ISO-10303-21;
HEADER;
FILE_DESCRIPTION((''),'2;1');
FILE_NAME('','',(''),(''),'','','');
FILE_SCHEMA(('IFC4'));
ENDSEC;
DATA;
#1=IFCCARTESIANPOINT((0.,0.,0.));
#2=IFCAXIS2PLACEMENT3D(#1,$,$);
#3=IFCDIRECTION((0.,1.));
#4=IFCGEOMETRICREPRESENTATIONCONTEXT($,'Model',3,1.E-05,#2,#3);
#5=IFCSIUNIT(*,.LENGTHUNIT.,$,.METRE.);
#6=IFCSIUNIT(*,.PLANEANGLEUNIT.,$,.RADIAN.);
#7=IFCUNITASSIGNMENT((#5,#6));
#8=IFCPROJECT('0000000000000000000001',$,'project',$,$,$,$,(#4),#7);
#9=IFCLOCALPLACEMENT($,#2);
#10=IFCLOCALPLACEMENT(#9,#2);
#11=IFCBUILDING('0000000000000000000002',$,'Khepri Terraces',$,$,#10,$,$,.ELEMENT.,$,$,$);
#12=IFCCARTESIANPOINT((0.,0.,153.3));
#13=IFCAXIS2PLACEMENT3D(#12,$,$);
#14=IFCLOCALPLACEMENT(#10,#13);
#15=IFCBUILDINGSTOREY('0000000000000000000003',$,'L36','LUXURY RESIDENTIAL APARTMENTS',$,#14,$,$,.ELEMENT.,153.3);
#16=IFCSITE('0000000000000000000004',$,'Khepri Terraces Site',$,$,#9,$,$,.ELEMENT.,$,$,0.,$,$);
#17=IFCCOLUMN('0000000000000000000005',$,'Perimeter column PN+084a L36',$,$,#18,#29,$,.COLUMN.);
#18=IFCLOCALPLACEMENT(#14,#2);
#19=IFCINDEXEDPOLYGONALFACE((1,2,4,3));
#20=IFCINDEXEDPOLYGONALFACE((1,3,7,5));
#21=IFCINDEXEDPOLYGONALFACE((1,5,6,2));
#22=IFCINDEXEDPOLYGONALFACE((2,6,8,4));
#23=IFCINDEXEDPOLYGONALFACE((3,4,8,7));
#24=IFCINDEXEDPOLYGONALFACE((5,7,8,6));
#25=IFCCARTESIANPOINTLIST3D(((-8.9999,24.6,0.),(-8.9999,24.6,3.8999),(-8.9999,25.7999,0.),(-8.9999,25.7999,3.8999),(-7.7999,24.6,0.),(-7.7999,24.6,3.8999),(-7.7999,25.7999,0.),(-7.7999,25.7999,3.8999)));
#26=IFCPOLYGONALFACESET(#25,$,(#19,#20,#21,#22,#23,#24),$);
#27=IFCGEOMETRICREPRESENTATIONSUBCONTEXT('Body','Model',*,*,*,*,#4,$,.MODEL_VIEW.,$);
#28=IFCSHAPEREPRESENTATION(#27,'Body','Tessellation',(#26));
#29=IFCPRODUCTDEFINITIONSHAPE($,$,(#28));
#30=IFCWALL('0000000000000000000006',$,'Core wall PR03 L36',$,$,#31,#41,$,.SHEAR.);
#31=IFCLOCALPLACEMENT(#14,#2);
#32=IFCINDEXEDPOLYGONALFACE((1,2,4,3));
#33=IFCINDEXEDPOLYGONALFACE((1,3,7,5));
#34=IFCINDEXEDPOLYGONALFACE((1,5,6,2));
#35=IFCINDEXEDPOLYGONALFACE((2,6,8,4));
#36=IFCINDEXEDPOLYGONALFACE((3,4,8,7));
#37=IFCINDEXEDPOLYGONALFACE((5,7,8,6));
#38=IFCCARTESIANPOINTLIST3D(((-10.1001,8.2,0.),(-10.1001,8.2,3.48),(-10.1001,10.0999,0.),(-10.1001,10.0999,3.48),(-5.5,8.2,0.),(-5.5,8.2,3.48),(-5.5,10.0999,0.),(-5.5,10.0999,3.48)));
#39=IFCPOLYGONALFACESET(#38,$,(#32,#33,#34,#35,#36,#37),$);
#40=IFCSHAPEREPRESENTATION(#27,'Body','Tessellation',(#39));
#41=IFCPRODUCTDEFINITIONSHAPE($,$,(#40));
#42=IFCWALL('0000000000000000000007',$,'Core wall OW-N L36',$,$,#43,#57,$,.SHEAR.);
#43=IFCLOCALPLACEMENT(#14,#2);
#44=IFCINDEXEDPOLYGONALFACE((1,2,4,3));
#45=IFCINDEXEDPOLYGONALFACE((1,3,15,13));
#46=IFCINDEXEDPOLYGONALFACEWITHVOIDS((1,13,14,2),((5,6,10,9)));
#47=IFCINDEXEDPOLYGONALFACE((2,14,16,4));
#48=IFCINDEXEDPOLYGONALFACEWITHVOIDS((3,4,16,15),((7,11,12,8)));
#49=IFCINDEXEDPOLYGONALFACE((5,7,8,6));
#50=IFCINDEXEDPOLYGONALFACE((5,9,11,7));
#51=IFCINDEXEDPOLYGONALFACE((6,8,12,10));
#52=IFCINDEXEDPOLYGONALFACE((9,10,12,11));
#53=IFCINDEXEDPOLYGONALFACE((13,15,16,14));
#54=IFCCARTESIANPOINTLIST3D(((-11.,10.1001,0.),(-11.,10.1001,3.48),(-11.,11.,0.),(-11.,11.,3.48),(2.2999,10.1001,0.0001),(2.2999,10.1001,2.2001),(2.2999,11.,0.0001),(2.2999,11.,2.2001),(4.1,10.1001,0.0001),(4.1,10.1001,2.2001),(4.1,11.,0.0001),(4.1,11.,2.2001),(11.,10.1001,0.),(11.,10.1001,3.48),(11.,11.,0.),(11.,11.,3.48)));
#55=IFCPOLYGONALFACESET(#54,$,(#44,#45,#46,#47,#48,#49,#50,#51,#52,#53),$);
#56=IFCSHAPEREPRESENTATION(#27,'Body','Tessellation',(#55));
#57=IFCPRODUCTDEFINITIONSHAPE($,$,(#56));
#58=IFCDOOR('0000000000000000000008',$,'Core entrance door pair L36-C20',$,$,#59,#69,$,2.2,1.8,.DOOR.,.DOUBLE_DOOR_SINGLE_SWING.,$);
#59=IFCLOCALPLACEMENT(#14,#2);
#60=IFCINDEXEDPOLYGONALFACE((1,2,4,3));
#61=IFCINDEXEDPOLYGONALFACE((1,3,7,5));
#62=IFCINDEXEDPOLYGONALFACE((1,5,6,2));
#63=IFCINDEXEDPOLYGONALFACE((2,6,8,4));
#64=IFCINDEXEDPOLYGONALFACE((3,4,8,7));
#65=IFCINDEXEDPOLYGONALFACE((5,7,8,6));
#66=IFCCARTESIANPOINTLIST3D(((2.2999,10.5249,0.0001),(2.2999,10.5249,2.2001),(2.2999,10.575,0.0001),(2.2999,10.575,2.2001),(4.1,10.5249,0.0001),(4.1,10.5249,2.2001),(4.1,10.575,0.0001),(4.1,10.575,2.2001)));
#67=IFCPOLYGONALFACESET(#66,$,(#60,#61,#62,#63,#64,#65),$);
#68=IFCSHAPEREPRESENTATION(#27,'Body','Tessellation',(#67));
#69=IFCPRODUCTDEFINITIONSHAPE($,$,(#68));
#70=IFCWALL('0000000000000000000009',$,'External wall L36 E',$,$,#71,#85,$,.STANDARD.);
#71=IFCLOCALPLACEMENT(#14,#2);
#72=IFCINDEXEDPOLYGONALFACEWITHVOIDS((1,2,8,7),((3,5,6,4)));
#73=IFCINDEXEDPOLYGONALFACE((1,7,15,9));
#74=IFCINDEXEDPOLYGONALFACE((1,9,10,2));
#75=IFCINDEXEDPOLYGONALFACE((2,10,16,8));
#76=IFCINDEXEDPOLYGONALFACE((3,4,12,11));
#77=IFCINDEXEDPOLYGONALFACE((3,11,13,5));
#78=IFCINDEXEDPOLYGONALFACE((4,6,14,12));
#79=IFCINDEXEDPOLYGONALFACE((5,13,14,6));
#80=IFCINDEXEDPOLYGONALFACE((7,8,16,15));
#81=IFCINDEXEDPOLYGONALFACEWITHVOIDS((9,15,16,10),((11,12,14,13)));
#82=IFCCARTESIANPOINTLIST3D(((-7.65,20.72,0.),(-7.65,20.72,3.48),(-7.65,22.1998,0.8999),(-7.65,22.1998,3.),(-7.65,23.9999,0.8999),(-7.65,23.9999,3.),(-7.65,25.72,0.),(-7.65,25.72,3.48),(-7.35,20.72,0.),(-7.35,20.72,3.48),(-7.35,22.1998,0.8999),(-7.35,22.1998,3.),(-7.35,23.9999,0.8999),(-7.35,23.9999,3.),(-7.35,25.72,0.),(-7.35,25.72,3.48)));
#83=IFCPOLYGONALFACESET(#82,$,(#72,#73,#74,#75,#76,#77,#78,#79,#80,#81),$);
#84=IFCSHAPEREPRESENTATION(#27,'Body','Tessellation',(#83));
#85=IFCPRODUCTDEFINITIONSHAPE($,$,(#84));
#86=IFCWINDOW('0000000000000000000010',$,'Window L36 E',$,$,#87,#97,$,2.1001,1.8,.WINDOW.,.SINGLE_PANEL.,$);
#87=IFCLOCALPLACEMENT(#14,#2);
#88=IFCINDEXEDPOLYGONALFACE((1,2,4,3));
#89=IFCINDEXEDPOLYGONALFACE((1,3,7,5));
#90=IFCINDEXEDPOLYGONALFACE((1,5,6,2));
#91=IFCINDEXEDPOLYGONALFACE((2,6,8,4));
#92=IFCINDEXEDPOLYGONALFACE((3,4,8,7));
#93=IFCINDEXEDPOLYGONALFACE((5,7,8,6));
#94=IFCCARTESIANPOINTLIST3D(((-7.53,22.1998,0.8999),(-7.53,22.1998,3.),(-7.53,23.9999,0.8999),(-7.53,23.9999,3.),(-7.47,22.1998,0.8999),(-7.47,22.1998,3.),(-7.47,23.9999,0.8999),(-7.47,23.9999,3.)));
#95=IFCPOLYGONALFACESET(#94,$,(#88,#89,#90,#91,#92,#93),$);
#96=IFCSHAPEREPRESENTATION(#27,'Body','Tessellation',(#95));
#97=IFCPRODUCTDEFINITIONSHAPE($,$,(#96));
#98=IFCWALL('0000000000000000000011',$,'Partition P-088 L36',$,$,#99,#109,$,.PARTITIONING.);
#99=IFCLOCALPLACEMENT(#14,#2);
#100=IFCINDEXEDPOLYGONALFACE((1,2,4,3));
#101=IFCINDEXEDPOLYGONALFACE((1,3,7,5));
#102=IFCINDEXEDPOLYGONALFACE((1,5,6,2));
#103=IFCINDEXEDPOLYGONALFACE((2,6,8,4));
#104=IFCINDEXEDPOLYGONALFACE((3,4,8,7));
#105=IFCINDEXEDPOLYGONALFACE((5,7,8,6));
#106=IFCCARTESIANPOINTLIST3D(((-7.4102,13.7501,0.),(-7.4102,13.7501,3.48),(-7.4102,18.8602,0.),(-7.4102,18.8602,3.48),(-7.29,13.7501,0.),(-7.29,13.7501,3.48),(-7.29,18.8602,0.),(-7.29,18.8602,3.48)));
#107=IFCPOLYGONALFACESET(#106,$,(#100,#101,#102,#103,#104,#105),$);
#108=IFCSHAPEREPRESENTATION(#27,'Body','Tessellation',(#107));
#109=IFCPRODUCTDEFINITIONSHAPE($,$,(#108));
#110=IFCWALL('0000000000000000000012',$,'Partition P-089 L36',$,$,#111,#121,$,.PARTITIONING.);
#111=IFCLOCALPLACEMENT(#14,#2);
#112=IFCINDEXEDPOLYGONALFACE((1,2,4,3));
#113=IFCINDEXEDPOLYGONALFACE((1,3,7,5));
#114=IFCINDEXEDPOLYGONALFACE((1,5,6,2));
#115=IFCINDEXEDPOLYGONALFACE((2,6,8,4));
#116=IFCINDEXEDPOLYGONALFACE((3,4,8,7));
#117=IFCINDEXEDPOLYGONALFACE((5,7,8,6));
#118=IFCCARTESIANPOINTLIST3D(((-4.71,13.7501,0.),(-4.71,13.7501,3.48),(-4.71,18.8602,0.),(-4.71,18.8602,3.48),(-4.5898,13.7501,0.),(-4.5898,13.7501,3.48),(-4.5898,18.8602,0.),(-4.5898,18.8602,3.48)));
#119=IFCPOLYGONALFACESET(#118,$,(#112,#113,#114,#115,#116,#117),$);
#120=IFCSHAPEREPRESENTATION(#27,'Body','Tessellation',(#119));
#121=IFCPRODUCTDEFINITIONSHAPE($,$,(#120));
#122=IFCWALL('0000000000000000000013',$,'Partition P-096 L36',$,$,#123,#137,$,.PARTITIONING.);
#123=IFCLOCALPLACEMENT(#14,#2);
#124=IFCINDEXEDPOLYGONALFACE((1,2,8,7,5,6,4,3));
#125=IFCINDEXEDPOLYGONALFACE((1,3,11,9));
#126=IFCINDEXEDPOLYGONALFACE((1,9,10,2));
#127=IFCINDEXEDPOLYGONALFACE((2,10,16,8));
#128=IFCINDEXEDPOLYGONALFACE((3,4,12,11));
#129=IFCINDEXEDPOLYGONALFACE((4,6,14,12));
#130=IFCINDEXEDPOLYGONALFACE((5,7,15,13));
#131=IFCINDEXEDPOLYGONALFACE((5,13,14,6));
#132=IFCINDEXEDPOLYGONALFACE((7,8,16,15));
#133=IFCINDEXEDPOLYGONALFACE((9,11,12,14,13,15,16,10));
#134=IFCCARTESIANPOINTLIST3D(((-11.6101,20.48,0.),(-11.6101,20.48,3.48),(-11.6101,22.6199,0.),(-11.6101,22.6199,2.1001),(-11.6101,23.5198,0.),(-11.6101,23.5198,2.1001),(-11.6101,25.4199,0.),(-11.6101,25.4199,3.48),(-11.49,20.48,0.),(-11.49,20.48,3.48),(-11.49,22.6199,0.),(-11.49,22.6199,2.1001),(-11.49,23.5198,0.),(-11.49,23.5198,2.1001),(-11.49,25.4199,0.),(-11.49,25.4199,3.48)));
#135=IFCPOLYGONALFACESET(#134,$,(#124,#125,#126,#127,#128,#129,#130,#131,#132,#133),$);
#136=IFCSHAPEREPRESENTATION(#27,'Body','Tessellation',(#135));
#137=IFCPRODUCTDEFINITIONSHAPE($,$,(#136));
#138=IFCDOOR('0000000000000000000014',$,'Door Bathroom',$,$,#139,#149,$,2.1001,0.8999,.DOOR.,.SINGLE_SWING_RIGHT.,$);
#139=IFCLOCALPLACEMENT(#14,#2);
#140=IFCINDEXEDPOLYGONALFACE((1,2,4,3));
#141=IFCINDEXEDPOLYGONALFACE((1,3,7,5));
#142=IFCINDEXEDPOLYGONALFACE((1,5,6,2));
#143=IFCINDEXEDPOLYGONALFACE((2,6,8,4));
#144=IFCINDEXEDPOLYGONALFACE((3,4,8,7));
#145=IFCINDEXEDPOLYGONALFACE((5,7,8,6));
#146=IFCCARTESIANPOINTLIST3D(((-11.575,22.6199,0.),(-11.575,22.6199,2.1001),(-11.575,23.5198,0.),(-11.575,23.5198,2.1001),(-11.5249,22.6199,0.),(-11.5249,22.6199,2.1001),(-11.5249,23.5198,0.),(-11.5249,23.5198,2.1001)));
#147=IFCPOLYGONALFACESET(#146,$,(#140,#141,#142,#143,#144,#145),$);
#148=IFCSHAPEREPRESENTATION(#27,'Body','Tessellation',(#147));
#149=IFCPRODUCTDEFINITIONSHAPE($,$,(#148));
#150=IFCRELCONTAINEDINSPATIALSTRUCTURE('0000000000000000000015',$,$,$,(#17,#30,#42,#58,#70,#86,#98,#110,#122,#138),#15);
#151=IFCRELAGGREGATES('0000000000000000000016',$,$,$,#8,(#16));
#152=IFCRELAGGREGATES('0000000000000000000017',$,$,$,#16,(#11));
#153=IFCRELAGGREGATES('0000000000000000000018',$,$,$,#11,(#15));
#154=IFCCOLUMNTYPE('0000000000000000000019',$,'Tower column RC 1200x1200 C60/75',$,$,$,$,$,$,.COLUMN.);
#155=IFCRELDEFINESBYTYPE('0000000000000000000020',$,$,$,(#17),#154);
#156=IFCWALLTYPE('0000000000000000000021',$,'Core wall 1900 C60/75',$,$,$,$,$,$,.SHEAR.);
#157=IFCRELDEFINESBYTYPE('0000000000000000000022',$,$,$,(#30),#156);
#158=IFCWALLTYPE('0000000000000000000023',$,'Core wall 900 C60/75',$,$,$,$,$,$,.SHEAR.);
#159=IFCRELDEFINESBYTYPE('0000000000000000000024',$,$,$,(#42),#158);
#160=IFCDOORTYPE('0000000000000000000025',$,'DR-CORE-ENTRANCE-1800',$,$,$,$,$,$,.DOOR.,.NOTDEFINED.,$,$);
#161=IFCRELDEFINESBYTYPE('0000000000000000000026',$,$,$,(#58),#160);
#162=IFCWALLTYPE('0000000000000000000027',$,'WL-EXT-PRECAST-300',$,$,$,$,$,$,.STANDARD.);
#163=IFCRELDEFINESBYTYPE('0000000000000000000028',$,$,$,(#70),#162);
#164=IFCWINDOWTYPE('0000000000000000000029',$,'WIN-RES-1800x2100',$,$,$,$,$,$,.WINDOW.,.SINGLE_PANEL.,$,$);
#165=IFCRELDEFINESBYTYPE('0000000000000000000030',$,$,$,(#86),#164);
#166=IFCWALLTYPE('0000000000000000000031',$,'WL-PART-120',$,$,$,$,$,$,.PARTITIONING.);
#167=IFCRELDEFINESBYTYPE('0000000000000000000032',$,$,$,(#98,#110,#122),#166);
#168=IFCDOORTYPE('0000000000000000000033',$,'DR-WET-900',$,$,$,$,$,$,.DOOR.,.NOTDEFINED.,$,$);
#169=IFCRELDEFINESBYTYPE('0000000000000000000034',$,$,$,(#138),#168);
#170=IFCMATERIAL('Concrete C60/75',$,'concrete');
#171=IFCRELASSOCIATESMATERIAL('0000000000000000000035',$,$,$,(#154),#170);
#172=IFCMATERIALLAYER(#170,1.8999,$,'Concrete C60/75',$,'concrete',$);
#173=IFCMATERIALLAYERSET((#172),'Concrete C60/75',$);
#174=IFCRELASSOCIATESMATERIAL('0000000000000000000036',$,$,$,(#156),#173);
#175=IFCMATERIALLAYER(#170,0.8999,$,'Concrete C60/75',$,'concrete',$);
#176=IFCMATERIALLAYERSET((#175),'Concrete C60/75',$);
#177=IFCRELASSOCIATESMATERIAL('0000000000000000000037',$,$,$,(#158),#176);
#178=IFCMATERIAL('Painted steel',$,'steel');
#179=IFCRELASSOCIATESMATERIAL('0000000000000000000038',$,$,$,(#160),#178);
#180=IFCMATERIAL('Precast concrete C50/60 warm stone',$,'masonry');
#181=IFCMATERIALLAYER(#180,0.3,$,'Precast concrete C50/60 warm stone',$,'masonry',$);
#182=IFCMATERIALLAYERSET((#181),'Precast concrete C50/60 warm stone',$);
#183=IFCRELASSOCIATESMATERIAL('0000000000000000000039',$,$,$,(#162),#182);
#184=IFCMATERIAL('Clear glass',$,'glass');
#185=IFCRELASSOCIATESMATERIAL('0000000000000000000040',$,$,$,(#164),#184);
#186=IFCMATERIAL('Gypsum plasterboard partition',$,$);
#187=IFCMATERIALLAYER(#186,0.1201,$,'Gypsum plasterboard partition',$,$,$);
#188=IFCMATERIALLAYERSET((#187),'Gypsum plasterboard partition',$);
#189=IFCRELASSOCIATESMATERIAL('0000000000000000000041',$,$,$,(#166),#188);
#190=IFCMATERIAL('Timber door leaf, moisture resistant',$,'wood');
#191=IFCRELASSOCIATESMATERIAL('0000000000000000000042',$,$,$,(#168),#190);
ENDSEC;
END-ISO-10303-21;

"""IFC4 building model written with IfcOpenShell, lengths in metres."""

from ifc_helpers import new_model, si_unit, direction, frame, frame_2d, origin, origin_2d, place, context, subcontext, project, spatial, rectangle, extrude, material, layer, layer_set, material_profile, profile_set, type_object, element, fill, save


model = new_model("IFC4")

# Units and contexts
model_context = context("Model", 3, precision=1e-05, world=origin(), true_north=direction((0.0, 1.0)))
body_context = subcontext(model_context, "Body", "Model", "MODEL_VIEW")
ifc_project = project(units=[si_unit("LENGTHUNIT", "METRE"), si_unit("PLANEANGLEUNIT", "RADIAN")], contexts=[model_context])

# Site, building, storey
site_placement = place(None, origin())
site = spatial("IfcSite", under=ifc_project, at=site_placement, Name="Khepri Terraces Site", CompositionType="ELEMENT", RefElevation=0.0)
building_placement = place(site_placement, origin())
building = spatial("IfcBuilding", under=site, at=building_placement, Name="Khepri Terraces", CompositionType="ELEMENT")
storey_placement = place(building_placement, frame((0.0, 0.0, 153.3)))
storey = spatial("IfcBuildingStorey", under=building, at=storey_placement, Name="L36", Description="LUXURY RESIDENTIAL APARTMENTS", CompositionType="ELEMENT", Elevation=153.3)

# Column
ifc_material_1 = material(Name="Concrete C60/75", Category="concrete")
ifc_material_profile = material_profile(ifc_material_1, rectangle(XDim=1.2, YDim=1.2, at=origin_2d()), Name="Concrete C60/75", Category="concrete")
ifc_profile_set = profile_set([ifc_material_profile], Name="Concrete C60/75")
column_type = type_object("IfcColumnType", Name="Tower column RC 1200x1200 C60/75", PredefinedType="COLUMN", material=ifc_profile_set)
column_placement = place(storey_placement, frame((-8.3999, 25.2, 0.0), z_axis=(0.0, 0.0, 1.0), x_axis=(1.0, 0.0, 0.0)))
element("IfcColumn", 1, at=column_placement, inside=storey, type_object=column_type, Name="Perimeter column PN+084a L36", PredefinedType="COLUMN", context=body_context, shape_type="SweptSolid", body=[
    extrude(rectangle(XDim=1.2, YDim=1.2, at=origin_2d()), origin(), (0.0, 0.0, 1.0), 3.8999),
])

# Wall
ifc_layer_1 = layer(ifc_material_1, 1.8999, Name="Concrete C60/75", Category="concrete")
ifc_layer_set_1 = layer_set([ifc_layer_1], Name="Concrete C60/75")
wall_type_1 = type_object("IfcWallType", Name="Core wall 1900 C60/75", PredefinedType="SHEAR", material=ifc_layer_set_1)
wall_1_placement = place(storey_placement, frame((-10.1001, 9.1499, 0.0), z_axis=(0.0, 0.0, 1.0), x_axis=(1.0, 0.0, 0.0)))
element("IfcWall", 2, at=wall_1_placement, inside=storey, type_object=wall_type_1, Name="Core wall PR03 L36", PredefinedType="SHEAR", context=body_context, shape_type="SweptSolid", body=[
    extrude(rectangle(XDim=4.6001, YDim=1.8999, at=frame_2d((2.3, 0.0))), origin(), (0.0, 0.0, 1.0), 3.48),
])

# Wall, opening, door
ifc_layer_2 = layer(ifc_material_1, 0.8999, Name="Concrete C60/75", Category="concrete")
ifc_layer_set_2 = layer_set([ifc_layer_2], Name="Concrete C60/75")
wall_type_2 = type_object("IfcWallType", Name="Core wall 900 C60/75", PredefinedType="SHEAR", material=ifc_layer_set_2)
wall_2_placement = place(storey_placement, frame((-11.0, 10.55, 0.0), z_axis=(0.0, 0.0, 1.0), x_axis=(1.0, 0.0, 0.0)))
wall_2 = element("IfcWall", 3, at=wall_2_placement, inside=storey, type_object=wall_type_2, Name="Core wall OW-N L36", PredefinedType="SHEAR", context=body_context, shape_type="SweptSolid", body=[
    extrude(rectangle(XDim=22.0, YDim=0.8999, at=frame_2d((11.0, 0.0))), origin(), (0.0, 0.0, 1.0), 3.48),
])
opening_1_placement = place(wall_2_placement, frame((13.3, 0.0, 0.0)))
opening_1 = element("IfcOpeningElement", 4, at=opening_1_placement, cuts=wall_2, PredefinedType="OPENING", context=body_context, shape_type="SweptSolid", body=[
    extrude(rectangle(XDim=1.8, YDim=2.2, at=frame_2d((0.8999, 1.1001))), frame((0.0, 0.46, 0.0), z_axis=(0.0, -1.0, 0.0), x_axis=(1.0, 0.0, 0.0)), (0.0, 0.0, 1.0), 0.9199),
])
ifc_material_2 = material(Name="Painted steel", Category="steel")
door_type_1 = type_object("IfcDoorType", Name="DR-CORE-ENTRANCE-1800", OperationType="NOTDEFINED", PredefinedType="DOOR", material=ifc_material_2)
door_1_placement = place(opening_1_placement, origin())
door_1 = element("IfcDoor", 5, at=door_1_placement, inside=storey, type_object=door_type_1, Name="Core entrance door pair L36-C20", OperationType="DOUBLE_DOOR_SINGLE_SWING", OverallHeight=2.2, OverallWidth=1.8, PredefinedType="DOOR", context=body_context, shape_type="SweptSolid", body=[
    extrude(rectangle(XDim=1.8, YDim=2.2, at=frame_2d((0.8999, 1.1001))), frame((0.0, 0.0249, 0.0), z_axis=(0.0, -1.0, 0.0), x_axis=(1.0, 0.0, 0.0)), (0.0, 0.0, 1.0), 0.05),
])
fill(opening_1, door_1)

# Wall, opening, window
ifc_material_3 = material(Name="Precast concrete C50/60 warm stone", Category="masonry")
ifc_layer_3 = layer(ifc_material_3, 0.3, Name="Precast concrete C50/60 warm stone", Category="masonry")
ifc_layer_set_3 = layer_set([ifc_layer_3], Name="Precast concrete C50/60 warm stone")
wall_type_3 = type_object("IfcWallType", Name="WL-EXT-PRECAST-300", PredefinedType="STANDARD", material=ifc_layer_set_3)
wall_3_placement = place(storey_placement, frame((-7.5, 20.72, 0.0), z_axis=(0.0, 0.0, 1.0), x_axis=(0.0, 1.0, 0.0)))
wall_3 = element("IfcWall", 6, at=wall_3_placement, inside=storey, type_object=wall_type_3, Name="External wall L36 E", PredefinedType="STANDARD", context=body_context, shape_type="SweptSolid", body=[
    extrude(rectangle(XDim=5.0, YDim=0.3, at=frame_2d((2.5, 0.0))), origin(), (0.0, 0.0, 1.0), 3.48),
])
opening_2_placement = place(wall_3_placement, frame((1.48, 0.0, 0.8999)))
opening_2 = element("IfcOpeningElement", 7, at=opening_2_placement, cuts=wall_3, PredefinedType="OPENING", context=body_context, shape_type="SweptSolid", body=[
    extrude(rectangle(XDim=1.8, YDim=2.1001, at=frame_2d((0.8999, 1.05))), frame((0.0, 0.1602, 0.0), z_axis=(0.0, -1.0, 0.0), x_axis=(1.0, 0.0, 0.0)), (0.0, 0.0, 1.0), 0.3201),
])
ifc_material_4 = material(Name="Clear glass", Category="glass")
window_type = type_object("IfcWindowType", Name="WIN-RES-1800x2100", PartitioningType="SINGLE_PANEL", PredefinedType="WINDOW", material=ifc_material_4)
window_1_placement = place(opening_2_placement, origin())
window_1 = element("IfcWindow", 8, at=window_1_placement, inside=storey, type_object=window_type, Name="Window L36 E", OverallHeight=2.1001, OverallWidth=1.8, PartitioningType="SINGLE_PANEL", PredefinedType="WINDOW", context=body_context, shape_type="SweptSolid", body=[
    extrude(rectangle(XDim=1.8, YDim=2.1001, at=frame_2d((0.8999, 1.05))), frame((0.0, 0.03, 0.0), z_axis=(0.0, -1.0, 0.0), x_axis=(1.0, 0.0, 0.0)), (0.0, 0.0, 1.0), 0.0601),
])
fill(opening_2, window_1)

# Walls
ifc_material_5 = material(Name="Gypsum plasterboard partition")
ifc_layer_4 = layer(ifc_material_5, 0.1201, Name="Gypsum plasterboard partition")
ifc_layer_set_4 = layer_set([ifc_layer_4], Name="Gypsum plasterboard partition")
wall_type_4 = type_object("IfcWallType", Name="WL-PART-120", PredefinedType="PARTITIONING", material=ifc_layer_set_4)
for number, where, z_axis, x_axis, name in (
    (9, (-7.3501, 13.75, 0.0), (0.0, 0.0, 1.0), (0.0, 1.0, 0.0), "Partition P-088 L36"),
    (10, (-4.6499, 13.75, 0.0), (0.0, 0.0, 1.0), (0.0, 1.0, 0.0), "Partition P-089 L36"),
):
    element("IfcWall", number, at=place(storey_placement, frame(where, z_axis=z_axis, x_axis=x_axis)), inside=storey, type_object=wall_type_4, Name=name, PredefinedType="PARTITIONING", context=body_context, shape_type="SweptSolid", body=[
        extrude(rectangle(XDim=5.1101, YDim=0.1201, at=frame_2d((2.5552, 0.0))), origin(), (0.0, 0.0, 1.0), 3.48),
    ])

# Wall, opening, door
wall_4_placement = place(storey_placement, frame((-11.55, 20.48, 0.0), z_axis=(0.0, 0.0, 1.0), x_axis=(0.0, 1.0, 0.0)))
wall_4 = element("IfcWall", 11, at=wall_4_placement, inside=storey, type_object=wall_type_4, Name="Partition P-096 L36", PredefinedType="PARTITIONING", context=body_context, shape_type="SweptSolid", body=[
    extrude(rectangle(XDim=4.9399, YDim=0.1201, at=frame_2d((2.47, 0.0))), origin(), (0.0, 0.0, 1.0), 3.48),
])
opening_3_placement = place(wall_4_placement, frame((2.1399, 0.0, 0.0)))
opening_3 = element("IfcOpeningElement", 12, at=opening_3_placement, cuts=wall_4, PredefinedType="OPENING", context=body_context, shape_type="SweptSolid", body=[
    extrude(rectangle(XDim=0.8999, YDim=2.1001, at=frame_2d((0.45, 1.05))), frame((0.0, 0.0701, 0.0), z_axis=(0.0, -1.0, 0.0), x_axis=(1.0, 0.0, 0.0)), (0.0, 0.0, 1.0), 0.1401),
])
ifc_material_6 = material(Name="Timber door leaf, moisture resistant", Category="wood")
door_type_2 = type_object("IfcDoorType", Name="DR-WET-900", OperationType="NOTDEFINED", PredefinedType="DOOR", material=ifc_material_6)
door_2_placement = place(opening_3_placement, origin())
door_2 = element("IfcDoor", 13, at=door_2_placement, inside=storey, type_object=door_type_2, Name="Door Bathroom", OperationType="SINGLE_SWING_RIGHT", OverallHeight=2.1001, OverallWidth=0.8999, PredefinedType="DOOR", context=body_context, shape_type="SweptSolid", body=[
    extrude(rectangle(XDim=0.8999, YDim=2.1001, at=frame_2d((0.45, 1.05))), frame((0.0, 0.0249, 0.0), z_axis=(0.0, -1.0, 0.0), x_axis=(1.0, 0.0, 0.0)), (0.0, 0.0, 1.0), 0.05),
])
fill(opening_3, door_2)

save(model, "model.ifc")
